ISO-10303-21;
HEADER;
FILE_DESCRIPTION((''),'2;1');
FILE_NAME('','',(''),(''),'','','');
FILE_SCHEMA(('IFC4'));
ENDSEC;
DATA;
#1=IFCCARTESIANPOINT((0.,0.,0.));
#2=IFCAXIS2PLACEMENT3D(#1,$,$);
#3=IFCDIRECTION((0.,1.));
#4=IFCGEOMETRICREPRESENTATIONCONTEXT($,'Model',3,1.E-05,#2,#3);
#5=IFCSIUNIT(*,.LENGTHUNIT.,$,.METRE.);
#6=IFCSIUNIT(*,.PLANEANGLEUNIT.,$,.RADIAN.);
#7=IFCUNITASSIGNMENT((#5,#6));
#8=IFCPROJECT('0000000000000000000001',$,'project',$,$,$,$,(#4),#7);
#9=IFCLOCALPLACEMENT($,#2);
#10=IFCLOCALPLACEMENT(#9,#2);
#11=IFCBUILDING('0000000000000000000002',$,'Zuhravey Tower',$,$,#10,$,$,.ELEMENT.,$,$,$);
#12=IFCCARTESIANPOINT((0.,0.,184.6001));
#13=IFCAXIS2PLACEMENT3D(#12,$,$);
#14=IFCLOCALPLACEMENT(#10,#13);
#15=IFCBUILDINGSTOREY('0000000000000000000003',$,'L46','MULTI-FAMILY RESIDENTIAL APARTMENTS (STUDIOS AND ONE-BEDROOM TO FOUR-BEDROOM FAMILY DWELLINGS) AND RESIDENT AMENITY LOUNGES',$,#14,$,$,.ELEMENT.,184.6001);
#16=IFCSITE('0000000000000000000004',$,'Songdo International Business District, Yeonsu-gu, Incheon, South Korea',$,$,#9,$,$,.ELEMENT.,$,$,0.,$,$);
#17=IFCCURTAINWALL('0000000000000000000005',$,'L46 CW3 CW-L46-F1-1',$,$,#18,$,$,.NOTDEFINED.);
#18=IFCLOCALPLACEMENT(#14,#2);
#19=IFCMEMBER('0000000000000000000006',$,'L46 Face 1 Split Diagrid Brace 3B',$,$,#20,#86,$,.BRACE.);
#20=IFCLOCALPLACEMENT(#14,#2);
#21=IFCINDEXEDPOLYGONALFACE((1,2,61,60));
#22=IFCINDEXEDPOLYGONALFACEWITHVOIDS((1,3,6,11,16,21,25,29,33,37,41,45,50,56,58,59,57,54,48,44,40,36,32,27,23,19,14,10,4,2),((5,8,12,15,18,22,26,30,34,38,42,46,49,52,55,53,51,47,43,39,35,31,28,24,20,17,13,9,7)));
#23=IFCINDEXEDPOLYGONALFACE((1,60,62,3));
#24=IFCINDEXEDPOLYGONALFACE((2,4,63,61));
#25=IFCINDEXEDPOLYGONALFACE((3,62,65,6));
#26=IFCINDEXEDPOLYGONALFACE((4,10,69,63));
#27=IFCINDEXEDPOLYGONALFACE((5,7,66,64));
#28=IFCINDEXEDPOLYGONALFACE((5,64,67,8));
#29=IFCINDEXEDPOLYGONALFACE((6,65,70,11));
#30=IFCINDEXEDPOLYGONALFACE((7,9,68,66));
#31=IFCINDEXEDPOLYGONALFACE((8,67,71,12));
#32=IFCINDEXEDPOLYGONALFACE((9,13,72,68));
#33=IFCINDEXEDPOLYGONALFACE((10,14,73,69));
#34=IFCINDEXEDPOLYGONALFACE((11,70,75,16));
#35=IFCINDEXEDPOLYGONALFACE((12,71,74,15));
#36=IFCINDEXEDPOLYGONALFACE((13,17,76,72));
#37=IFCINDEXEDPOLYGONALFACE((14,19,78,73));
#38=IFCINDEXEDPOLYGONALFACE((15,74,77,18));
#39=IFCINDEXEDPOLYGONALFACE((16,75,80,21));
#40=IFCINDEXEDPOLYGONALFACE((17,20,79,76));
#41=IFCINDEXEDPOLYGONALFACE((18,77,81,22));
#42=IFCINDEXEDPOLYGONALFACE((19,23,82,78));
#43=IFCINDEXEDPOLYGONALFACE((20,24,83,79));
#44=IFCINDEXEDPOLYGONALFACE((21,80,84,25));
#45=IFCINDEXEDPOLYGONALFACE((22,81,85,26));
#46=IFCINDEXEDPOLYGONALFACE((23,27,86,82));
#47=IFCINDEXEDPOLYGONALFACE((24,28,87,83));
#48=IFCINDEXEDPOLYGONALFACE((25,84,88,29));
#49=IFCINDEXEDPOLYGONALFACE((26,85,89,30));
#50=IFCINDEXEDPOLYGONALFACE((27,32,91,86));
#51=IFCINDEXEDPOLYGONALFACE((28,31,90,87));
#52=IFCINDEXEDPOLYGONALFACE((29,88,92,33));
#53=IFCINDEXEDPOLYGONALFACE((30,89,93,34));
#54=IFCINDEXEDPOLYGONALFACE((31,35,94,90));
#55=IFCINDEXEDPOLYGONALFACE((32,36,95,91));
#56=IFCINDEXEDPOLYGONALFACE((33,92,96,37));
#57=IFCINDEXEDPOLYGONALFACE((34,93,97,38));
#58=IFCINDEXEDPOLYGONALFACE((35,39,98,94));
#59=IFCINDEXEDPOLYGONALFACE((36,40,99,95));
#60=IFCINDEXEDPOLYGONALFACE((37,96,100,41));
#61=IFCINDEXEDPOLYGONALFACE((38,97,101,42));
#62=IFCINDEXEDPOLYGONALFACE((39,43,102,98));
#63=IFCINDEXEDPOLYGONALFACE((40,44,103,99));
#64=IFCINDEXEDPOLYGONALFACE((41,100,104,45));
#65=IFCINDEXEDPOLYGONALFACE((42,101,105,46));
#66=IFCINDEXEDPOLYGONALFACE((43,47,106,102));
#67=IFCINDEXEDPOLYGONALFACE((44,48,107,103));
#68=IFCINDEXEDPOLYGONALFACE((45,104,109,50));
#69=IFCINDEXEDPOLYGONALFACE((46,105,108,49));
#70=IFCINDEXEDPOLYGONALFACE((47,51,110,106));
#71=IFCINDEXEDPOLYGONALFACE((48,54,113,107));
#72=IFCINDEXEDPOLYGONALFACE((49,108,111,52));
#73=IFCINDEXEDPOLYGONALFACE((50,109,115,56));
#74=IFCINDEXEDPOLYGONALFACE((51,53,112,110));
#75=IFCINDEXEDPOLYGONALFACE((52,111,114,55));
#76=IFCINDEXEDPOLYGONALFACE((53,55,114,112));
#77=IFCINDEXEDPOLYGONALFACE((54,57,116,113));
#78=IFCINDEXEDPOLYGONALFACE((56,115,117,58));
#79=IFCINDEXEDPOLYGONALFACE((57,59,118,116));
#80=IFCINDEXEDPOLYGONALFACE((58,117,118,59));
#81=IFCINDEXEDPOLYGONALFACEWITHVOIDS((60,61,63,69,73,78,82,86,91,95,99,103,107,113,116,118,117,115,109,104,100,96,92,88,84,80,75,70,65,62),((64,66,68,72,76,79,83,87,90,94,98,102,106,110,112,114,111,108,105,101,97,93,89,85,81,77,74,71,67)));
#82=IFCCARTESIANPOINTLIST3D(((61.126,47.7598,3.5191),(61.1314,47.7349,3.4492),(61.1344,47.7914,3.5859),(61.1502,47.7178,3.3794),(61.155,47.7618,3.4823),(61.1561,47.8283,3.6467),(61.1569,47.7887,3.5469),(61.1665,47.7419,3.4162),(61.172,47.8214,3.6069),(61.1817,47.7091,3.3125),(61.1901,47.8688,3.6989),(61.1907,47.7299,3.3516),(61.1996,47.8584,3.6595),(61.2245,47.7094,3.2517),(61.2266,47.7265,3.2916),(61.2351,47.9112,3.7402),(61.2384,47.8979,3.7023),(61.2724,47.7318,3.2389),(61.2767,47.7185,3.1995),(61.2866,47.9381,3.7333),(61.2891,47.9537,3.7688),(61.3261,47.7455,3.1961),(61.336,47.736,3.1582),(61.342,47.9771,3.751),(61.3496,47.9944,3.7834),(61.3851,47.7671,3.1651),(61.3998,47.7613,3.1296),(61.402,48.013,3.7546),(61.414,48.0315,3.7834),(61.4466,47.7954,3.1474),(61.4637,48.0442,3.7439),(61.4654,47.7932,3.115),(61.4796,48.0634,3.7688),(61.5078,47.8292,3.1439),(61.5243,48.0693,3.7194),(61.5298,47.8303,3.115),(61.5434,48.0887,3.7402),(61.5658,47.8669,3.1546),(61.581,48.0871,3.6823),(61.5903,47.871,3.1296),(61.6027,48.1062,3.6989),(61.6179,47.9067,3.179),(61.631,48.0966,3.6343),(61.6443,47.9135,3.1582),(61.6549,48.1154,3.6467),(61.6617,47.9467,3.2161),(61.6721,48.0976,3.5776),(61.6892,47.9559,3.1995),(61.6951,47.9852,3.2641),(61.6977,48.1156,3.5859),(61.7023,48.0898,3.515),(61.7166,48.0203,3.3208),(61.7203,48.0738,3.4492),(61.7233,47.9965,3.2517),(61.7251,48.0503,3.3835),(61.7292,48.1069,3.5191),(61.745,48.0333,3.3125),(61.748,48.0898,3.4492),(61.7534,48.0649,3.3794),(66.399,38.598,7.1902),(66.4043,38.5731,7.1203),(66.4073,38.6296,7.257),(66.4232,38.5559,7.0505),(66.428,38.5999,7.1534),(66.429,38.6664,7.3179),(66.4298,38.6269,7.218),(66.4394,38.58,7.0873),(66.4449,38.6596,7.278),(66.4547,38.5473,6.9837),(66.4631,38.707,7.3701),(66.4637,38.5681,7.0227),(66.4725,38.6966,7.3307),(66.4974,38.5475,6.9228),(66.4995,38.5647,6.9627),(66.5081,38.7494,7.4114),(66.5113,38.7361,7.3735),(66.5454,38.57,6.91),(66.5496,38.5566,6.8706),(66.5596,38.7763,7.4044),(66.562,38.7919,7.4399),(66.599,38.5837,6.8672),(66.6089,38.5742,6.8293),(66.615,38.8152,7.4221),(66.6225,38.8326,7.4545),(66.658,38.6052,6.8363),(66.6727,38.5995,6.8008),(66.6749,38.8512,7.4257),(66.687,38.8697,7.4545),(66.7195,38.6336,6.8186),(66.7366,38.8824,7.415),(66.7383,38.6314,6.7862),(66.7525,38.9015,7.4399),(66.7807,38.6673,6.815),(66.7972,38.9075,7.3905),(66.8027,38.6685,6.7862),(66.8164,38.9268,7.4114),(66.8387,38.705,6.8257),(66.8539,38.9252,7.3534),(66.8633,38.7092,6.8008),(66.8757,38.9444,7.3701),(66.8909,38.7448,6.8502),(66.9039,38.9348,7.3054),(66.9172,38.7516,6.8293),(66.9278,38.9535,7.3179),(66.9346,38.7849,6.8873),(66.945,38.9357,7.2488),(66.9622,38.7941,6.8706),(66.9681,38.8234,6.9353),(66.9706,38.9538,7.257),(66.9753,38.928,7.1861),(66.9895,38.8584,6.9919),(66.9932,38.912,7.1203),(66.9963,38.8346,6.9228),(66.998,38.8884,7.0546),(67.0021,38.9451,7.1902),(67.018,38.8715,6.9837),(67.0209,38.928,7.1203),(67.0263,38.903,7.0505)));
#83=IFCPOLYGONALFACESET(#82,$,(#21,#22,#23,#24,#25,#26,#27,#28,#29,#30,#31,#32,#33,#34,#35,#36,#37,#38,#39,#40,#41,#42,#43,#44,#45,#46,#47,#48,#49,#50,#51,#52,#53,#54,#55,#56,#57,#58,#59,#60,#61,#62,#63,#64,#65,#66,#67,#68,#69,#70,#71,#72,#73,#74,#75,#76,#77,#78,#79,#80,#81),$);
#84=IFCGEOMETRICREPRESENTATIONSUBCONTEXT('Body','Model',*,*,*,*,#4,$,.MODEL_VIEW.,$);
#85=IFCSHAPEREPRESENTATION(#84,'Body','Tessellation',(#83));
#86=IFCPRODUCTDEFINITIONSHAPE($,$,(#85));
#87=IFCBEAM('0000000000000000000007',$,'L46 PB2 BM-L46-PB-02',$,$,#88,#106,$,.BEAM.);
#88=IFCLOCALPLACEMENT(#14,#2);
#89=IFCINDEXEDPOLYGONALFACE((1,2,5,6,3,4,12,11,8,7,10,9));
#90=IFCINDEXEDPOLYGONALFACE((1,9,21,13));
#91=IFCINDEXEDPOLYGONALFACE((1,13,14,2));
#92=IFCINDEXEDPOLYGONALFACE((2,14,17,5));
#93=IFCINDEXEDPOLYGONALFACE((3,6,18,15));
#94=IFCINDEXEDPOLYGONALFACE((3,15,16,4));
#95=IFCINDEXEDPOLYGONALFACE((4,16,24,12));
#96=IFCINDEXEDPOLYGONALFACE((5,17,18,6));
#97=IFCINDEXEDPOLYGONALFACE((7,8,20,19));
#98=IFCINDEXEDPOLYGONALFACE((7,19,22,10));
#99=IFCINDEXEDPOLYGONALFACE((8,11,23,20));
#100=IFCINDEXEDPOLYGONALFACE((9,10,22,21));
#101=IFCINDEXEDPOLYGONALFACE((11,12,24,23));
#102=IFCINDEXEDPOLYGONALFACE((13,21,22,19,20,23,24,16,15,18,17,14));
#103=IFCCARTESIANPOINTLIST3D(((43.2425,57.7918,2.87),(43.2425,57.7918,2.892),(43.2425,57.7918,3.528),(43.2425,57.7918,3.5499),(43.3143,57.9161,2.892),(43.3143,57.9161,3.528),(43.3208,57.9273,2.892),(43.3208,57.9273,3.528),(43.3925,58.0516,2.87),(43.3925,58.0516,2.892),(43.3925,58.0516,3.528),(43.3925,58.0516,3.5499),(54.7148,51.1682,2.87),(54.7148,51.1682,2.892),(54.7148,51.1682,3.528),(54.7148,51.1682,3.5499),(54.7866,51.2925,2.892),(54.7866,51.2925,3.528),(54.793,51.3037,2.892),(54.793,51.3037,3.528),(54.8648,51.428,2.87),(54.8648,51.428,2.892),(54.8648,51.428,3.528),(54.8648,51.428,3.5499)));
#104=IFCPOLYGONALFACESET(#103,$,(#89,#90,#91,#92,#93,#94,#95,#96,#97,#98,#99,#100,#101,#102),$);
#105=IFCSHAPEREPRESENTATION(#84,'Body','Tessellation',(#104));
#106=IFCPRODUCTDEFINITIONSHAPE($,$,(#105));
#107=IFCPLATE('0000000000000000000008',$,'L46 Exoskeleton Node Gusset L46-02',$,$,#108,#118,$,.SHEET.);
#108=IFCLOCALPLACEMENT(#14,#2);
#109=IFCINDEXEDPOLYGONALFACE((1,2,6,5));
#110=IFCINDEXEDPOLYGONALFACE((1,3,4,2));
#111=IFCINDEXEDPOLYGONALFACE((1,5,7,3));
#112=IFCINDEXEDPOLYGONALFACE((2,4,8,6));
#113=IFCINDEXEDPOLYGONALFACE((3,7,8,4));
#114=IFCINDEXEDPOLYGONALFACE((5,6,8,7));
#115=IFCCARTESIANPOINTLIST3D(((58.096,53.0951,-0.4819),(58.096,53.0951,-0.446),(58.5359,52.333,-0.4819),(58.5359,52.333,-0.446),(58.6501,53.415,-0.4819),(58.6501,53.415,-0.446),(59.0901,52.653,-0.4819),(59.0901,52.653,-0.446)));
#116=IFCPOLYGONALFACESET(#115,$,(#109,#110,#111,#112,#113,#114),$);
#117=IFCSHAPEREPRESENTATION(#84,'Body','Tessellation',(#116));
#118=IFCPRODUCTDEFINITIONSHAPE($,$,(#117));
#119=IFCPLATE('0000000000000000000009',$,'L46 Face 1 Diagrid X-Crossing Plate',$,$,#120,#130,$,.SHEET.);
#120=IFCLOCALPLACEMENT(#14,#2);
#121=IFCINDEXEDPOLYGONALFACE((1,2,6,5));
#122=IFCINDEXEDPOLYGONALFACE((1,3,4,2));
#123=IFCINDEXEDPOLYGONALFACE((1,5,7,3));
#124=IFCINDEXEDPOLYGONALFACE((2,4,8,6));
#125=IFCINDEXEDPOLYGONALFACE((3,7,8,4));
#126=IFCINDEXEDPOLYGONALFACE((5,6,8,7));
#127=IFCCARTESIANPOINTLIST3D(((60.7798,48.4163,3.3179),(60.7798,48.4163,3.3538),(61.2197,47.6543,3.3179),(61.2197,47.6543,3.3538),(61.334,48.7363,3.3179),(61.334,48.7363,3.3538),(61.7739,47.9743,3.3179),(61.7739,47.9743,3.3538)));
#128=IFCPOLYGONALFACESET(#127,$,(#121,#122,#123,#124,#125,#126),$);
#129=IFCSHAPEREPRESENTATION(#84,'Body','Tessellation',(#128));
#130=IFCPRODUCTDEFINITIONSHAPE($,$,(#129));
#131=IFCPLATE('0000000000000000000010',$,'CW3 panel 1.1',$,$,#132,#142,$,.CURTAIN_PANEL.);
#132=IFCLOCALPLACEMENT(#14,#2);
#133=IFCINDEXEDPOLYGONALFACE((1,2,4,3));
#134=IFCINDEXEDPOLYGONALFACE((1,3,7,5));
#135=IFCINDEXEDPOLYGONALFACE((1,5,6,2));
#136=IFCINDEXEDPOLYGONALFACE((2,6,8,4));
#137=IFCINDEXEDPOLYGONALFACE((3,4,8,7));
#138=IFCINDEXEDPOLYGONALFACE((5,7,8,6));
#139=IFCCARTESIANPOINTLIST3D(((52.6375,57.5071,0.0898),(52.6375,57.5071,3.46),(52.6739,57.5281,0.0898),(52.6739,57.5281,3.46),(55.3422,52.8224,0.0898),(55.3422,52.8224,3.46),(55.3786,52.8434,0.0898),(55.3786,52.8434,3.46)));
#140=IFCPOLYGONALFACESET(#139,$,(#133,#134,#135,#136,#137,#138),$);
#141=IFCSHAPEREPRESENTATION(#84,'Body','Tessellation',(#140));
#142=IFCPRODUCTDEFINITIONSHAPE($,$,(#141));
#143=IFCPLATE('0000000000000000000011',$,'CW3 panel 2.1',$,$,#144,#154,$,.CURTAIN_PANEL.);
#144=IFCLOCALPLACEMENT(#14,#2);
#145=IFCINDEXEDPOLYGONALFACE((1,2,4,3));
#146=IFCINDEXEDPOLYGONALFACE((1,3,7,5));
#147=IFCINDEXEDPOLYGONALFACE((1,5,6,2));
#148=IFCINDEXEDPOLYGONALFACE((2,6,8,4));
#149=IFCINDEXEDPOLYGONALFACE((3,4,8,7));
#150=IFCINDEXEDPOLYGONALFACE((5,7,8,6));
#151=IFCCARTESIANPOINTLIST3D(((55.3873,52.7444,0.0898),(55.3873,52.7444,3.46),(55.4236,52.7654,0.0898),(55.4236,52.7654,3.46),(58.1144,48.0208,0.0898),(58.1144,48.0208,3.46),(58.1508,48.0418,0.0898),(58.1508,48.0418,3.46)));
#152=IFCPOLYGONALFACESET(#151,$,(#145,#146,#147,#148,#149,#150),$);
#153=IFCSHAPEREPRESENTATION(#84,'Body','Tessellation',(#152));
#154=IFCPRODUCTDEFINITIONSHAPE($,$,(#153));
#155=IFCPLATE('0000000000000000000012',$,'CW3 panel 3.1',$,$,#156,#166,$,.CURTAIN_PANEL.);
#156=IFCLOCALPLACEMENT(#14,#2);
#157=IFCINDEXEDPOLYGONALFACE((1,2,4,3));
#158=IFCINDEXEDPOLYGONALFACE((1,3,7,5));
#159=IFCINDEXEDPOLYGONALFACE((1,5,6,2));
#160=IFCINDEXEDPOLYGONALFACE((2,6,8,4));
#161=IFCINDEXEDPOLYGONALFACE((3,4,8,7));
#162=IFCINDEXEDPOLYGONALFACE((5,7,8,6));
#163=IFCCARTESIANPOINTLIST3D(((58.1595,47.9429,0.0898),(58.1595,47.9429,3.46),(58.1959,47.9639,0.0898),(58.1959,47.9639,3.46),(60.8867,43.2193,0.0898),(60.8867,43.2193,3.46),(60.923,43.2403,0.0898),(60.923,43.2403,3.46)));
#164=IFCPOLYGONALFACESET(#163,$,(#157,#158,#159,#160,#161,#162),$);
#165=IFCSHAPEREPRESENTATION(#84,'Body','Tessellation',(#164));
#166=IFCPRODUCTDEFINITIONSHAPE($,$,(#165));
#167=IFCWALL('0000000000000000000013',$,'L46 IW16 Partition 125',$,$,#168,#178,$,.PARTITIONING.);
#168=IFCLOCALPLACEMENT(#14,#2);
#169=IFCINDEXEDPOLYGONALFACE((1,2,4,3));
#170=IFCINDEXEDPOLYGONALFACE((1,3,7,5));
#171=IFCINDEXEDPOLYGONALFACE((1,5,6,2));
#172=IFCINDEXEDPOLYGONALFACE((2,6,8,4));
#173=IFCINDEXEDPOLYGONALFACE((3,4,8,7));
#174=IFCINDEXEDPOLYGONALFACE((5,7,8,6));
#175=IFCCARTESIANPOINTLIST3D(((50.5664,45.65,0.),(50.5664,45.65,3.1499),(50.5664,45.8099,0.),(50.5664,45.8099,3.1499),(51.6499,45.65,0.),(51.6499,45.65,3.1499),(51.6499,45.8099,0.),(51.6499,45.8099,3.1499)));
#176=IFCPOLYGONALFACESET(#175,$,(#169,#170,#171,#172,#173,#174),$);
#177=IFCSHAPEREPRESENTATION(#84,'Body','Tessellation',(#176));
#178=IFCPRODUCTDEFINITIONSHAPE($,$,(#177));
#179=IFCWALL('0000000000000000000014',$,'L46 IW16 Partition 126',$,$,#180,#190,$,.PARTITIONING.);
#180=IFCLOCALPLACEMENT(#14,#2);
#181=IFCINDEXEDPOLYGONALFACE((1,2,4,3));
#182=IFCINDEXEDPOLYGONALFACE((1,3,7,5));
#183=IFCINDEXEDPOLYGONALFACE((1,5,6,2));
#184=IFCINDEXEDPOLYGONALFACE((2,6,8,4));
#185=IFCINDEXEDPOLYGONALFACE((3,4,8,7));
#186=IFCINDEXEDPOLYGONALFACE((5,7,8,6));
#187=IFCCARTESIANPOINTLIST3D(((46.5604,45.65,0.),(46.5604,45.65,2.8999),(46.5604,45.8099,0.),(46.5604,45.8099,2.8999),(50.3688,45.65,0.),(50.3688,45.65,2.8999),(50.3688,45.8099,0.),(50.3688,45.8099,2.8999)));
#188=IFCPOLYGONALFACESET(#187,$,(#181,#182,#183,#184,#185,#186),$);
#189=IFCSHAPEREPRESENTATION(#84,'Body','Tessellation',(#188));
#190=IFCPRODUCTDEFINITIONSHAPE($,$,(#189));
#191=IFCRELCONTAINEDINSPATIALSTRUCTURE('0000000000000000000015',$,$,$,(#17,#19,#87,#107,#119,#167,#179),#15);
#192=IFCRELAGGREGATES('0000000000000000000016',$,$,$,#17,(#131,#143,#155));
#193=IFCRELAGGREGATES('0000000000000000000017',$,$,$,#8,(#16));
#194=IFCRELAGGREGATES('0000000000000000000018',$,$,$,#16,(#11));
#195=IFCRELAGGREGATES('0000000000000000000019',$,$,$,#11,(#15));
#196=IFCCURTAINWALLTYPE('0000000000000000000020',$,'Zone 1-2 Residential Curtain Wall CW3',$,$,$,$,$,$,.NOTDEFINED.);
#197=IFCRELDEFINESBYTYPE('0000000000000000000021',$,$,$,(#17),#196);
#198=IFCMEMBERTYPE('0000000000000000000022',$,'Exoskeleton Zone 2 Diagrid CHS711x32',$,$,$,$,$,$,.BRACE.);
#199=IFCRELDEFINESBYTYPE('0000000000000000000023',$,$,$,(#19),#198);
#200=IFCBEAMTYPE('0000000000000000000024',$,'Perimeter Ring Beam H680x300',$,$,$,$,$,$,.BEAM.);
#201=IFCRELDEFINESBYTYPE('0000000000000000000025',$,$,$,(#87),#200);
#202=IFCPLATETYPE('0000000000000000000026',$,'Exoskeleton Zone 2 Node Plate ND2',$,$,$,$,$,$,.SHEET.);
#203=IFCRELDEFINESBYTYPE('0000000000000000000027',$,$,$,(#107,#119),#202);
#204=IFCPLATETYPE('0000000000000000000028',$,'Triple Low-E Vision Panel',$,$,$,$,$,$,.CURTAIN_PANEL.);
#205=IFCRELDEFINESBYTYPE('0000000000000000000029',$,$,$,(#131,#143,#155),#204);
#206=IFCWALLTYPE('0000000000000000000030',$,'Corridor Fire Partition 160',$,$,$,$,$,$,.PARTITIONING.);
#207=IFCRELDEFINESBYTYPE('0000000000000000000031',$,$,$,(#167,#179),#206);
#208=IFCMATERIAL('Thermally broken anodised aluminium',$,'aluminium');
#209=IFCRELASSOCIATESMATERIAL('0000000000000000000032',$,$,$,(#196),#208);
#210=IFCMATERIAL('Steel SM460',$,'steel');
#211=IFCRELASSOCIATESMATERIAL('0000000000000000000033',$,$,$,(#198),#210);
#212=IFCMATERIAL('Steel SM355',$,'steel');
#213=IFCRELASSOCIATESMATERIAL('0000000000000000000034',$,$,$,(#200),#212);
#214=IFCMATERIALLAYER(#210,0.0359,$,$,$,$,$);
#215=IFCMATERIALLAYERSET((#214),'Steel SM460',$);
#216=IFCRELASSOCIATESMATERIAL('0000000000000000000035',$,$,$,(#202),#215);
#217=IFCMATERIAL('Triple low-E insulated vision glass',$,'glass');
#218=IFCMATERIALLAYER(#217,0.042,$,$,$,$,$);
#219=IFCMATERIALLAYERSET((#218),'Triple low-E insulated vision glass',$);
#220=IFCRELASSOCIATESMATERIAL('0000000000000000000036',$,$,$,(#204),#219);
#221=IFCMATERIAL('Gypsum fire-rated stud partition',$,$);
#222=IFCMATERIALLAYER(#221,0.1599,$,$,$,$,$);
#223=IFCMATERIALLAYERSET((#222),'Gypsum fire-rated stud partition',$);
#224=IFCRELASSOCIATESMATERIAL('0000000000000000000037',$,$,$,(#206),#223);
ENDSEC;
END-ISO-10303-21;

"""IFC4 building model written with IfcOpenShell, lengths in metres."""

from ifc_helpers import new_model, si_unit, direction, frame, frame_2d, origin, origin_2d, place, context, subcontext, project, spatial, rectangle, hollow_circle, i_section, extrude, material, layer, layer_set, material_profile, profile_set, type_object, element, aggregate, save


model = new_model("IFC4")

# Units and contexts
model_context = context("Model", 3, precision=1e-05, world=origin(), true_north=direction((0.0, 1.0)))
body_context = subcontext(model_context, "Body", "Model", "MODEL_VIEW")
ifc_project = project(units=[si_unit("LENGTHUNIT", "METRE"), si_unit("PLANEANGLEUNIT", "RADIAN")], contexts=[model_context])

# Site, building, storey
site_placement = place(None, origin())
site = spatial("IfcSite", under=ifc_project, at=site_placement, Name="Songdo International Business District, Yeonsu-gu, Incheon, South Korea", CompositionType="ELEMENT", RefElevation=0.0)
building_placement = place(site_placement, origin())
building = spatial("IfcBuilding", under=site, at=building_placement, Name="Zuhravey Tower", CompositionType="ELEMENT")
storey_placement = place(building_placement, frame((0.0, 0.0, 184.6001)))
storey = spatial("IfcBuildingStorey", under=building, at=storey_placement, Name="L46", Description="MULTI-FAMILY RESIDENTIAL APARTMENTS (STUDIOS AND ONE-BEDROOM TO FOUR-BEDROOM FAMILY DWELLINGS) AND RESIDENT AMENITY LOUNGES", CompositionType="ELEMENT", Elevation=184.6001)

# Shared definitions
ifc_material_1 = material(Name="Thermally broken anodised aluminium", Category="aluminium")
curtain_wall_type = type_object("IfcCurtainWallType", Name="Zone 1-2 Residential Curtain Wall CW3", PredefinedType="NOTDEFINED", material=ifc_material_1)

# Curtain wall
curtain_wall_1_placement = place(storey_placement, origin())
curtain_wall_1 = element("IfcCurtainWall", 1, at=curtain_wall_1_placement, inside=storey, type_object=curtain_wall_type, Name="L46 CW3 CW-L46-F1-1", PredefinedType="NOTDEFINED")

# Member
ifc_material_2 = material(Name="Steel SM460", Category="steel")
ifc_material_profile_1 = material_profile(ifc_material_2, hollow_circle(Radius=0.3557, WallThickness=0.032, at=origin_2d()), Name="CHS-711.2x32")
ifc_profile_set_1 = profile_set([ifc_material_profile_1], Name="Steel SM460")
member_type_1 = type_object("IfcMemberType", Name="Exoskeleton Zone 2 Diagrid CHS711x32", PredefinedType="BRACE", material=ifc_profile_set_1)
member_1_placement = place(storey_placement, frame((61.4397, 47.9124, 3.4492), z_axis=(0.47121, -0.818739, 0.328067), x_axis=(0.866707, 0.498818, 0.0)))
element("IfcMember", 2, at=member_1_placement, inside=storey, type_object=member_type_1, Name="L46 Face 1 Split Diagrid Brace 3B", PredefinedType="BRACE", context=body_context, shape_type="SweptSolid", body=[
    extrude(hollow_circle(Radius=0.3557, WallThickness=0.032, at=origin_2d()), origin(), (0.0, 0.0, 1.0), 11.1902),
])

# Beam
ifc_material_3 = material(Name="Steel SM355", Category="steel")
ifc_material_profile_2 = material_profile(ifc_material_3, i_section(OverallWidth=0.3, OverallDepth=0.6799, WebThickness=0.0129, FlangeThickness=0.022, at=origin_2d()), Name="H-680x300x13x22")
ifc_profile_set_2 = profile_set([ifc_material_profile_2], Name="Steel SM355")
beam_type = type_object("IfcBeamType", Name="Perimeter Ring Beam H680x300", PredefinedType="BEAM", material=ifc_profile_set_2)
beam_placement = place(storey_placement, frame((54.7898, 51.2981, 3.21), z_axis=(-0.866023, 0.500004, 0.0), x_axis=(-0.500004, -0.866023, 0.0)))
element("IfcBeam", 3, at=beam_placement, inside=storey, type_object=beam_type, Name="L46 PB2 BM-L46-PB-02", PredefinedType="BEAM", context=body_context, shape_type="SweptSolid", body=[
    extrude(i_section(OverallWidth=0.3, OverallDepth=0.6799, WebThickness=0.0129, FlangeThickness=0.022, at=origin_2d()), origin(), (0.0, 0.0, 1.0), 13.2471),
])

# Plates
ifc_layer_1 = layer(ifc_material_2, 0.0359)
ifc_layer_set_1 = layer_set([ifc_layer_1], Name="Steel SM460")
plate_type_1 = type_object("IfcPlateType", Name="Exoskeleton Zone 2 Node Plate ND2", PredefinedType="SHEET", material=ifc_layer_set_1)
for number, where, z_axis, x_axis, name in (
    (4, (58.593, 52.874, -0.4819), (0.0, 0.0, 1.0), (-0.5, 0.866025, 0.0), "L46 Exoskeleton Node Gusset L46-02"),
    (5, (61.2769, 48.1953, 3.3179), (0.0, 0.0, 1.0), (-0.5, 0.866025, 0.0), "L46 Face 1 Diagrid X-Crossing Plate"),
):
    element("IfcPlate", number, at=place(storey_placement, frame(where, z_axis=z_axis, x_axis=x_axis)), inside=storey, type_object=plate_type_1, Name=name, PredefinedType="SHEET", context=body_context, shape_type="SweptSolid", body=[
        extrude(rectangle(XDim=0.8799, YDim=0.6399, at=origin_2d()), origin(), (0.0, 0.0, 1.0), 0.0359),
    ])

# Plates
ifc_material_4 = material(Name="Triple low-E insulated vision glass", Category="glass")
ifc_layer_2 = layer(ifc_material_4, 0.042)
ifc_layer_set_2 = layer_set([ifc_layer_2], Name="Triple low-E insulated vision glass")
plate_type_2 = type_object("IfcPlateType", Name="Triple Low-E Vision Panel", PredefinedType="CURTAIN_PANEL", material=ifc_layer_set_2)
plate_1_placement = place(storey_placement, frame((54.0081, 55.1753, 0.0898), z_axis=(0.0, 0.0, 1.0), x_axis=(0.5, -0.866025, 0.0)))
plate_1 = element("IfcPlate", 6, at=plate_1_placement, type_object=plate_type_2, Name="CW3 panel 1.1", PredefinedType="CURTAIN_PANEL", context=body_context, shape_type="SweptSolid", body=[
    extrude(rectangle(XDim=5.4094, YDim=0.042, at=origin_2d()), origin(), (0.0, 0.0, 1.0), 3.3701),
])
plate_2_placement = place(storey_placement, frame((56.769, 50.3931, 0.0898), z_axis=(0.0, 0.0, 1.0), x_axis=(0.5, -0.866025, 0.0)))
plate_2 = element("IfcPlate", 7, at=plate_2_placement, type_object=plate_type_2, Name="CW3 panel 2.1", PredefinedType="CURTAIN_PANEL", context=body_context, shape_type="SweptSolid", body=[
    extrude(rectangle(XDim=5.4543, YDim=0.042, at=origin_2d()), origin(), (0.0, 0.0, 1.0), 3.3701),
])
plate_3_placement = place(storey_placement, frame((59.5413, 45.5916, 0.0898), z_axis=(0.0, 0.0, 1.0), x_axis=(0.5, -0.866025, 0.0)))
plate_3 = element("IfcPlate", 8, at=plate_3_placement, type_object=plate_type_2, Name="CW3 panel 3.1", PredefinedType="CURTAIN_PANEL", context=body_context, shape_type="SweptSolid", body=[
    extrude(rectangle(XDim=5.4543, YDim=0.042, at=origin_2d()), origin(), (0.0, 0.0, 1.0), 3.3701),
])
aggregate(curtain_wall_1, [plate_1, plate_2, plate_3])

# Walls
ifc_material_5 = material(Name="Gypsum fire-rated stud partition")
ifc_layer_3 = layer(ifc_material_5, 0.1599)
ifc_layer_set_3 = layer_set([ifc_layer_3], Name="Gypsum fire-rated stud partition")
wall_type_1 = type_object("IfcWallType", Name="Corridor Fire Partition 160", PredefinedType="PARTITIONING", material=ifc_layer_set_3)
wall_1_placement = place(storey_placement, frame((51.6499, 45.73, 0.0), z_axis=(0.0, 0.0, 1.0), x_axis=(-1.0, 0.0, 0.0)))
element("IfcWall", 9, at=wall_1_placement, inside=storey, type_object=wall_type_1, Name="L46 IW16 Partition 125", PredefinedType="PARTITIONING", context=body_context, shape_type="SweptSolid", body=[
    extrude(rectangle(XDim=1.0835, YDim=0.1599, at=frame_2d((0.5417, 0.0))), origin(), (0.0, 0.0, 1.0), 3.1499),
])
wall_2_placement = place(storey_placement, frame((50.3689, 45.73, 0.0), z_axis=(0.0, 0.0, 1.0), x_axis=(-1.0, 0.0, 0.0)))
element("IfcWall", 10, at=wall_2_placement, inside=storey, type_object=wall_type_1, Name="L46 IW16 Partition 126", PredefinedType="PARTITIONING", context=body_context, shape_type="SweptSolid", body=[
    extrude(rectangle(XDim=3.8083, YDim=0.1599, at=frame_2d((1.9043, 0.0))), origin(), (0.0, 0.0, 1.0), 2.8999),
])

save(model, "model.ifc")
